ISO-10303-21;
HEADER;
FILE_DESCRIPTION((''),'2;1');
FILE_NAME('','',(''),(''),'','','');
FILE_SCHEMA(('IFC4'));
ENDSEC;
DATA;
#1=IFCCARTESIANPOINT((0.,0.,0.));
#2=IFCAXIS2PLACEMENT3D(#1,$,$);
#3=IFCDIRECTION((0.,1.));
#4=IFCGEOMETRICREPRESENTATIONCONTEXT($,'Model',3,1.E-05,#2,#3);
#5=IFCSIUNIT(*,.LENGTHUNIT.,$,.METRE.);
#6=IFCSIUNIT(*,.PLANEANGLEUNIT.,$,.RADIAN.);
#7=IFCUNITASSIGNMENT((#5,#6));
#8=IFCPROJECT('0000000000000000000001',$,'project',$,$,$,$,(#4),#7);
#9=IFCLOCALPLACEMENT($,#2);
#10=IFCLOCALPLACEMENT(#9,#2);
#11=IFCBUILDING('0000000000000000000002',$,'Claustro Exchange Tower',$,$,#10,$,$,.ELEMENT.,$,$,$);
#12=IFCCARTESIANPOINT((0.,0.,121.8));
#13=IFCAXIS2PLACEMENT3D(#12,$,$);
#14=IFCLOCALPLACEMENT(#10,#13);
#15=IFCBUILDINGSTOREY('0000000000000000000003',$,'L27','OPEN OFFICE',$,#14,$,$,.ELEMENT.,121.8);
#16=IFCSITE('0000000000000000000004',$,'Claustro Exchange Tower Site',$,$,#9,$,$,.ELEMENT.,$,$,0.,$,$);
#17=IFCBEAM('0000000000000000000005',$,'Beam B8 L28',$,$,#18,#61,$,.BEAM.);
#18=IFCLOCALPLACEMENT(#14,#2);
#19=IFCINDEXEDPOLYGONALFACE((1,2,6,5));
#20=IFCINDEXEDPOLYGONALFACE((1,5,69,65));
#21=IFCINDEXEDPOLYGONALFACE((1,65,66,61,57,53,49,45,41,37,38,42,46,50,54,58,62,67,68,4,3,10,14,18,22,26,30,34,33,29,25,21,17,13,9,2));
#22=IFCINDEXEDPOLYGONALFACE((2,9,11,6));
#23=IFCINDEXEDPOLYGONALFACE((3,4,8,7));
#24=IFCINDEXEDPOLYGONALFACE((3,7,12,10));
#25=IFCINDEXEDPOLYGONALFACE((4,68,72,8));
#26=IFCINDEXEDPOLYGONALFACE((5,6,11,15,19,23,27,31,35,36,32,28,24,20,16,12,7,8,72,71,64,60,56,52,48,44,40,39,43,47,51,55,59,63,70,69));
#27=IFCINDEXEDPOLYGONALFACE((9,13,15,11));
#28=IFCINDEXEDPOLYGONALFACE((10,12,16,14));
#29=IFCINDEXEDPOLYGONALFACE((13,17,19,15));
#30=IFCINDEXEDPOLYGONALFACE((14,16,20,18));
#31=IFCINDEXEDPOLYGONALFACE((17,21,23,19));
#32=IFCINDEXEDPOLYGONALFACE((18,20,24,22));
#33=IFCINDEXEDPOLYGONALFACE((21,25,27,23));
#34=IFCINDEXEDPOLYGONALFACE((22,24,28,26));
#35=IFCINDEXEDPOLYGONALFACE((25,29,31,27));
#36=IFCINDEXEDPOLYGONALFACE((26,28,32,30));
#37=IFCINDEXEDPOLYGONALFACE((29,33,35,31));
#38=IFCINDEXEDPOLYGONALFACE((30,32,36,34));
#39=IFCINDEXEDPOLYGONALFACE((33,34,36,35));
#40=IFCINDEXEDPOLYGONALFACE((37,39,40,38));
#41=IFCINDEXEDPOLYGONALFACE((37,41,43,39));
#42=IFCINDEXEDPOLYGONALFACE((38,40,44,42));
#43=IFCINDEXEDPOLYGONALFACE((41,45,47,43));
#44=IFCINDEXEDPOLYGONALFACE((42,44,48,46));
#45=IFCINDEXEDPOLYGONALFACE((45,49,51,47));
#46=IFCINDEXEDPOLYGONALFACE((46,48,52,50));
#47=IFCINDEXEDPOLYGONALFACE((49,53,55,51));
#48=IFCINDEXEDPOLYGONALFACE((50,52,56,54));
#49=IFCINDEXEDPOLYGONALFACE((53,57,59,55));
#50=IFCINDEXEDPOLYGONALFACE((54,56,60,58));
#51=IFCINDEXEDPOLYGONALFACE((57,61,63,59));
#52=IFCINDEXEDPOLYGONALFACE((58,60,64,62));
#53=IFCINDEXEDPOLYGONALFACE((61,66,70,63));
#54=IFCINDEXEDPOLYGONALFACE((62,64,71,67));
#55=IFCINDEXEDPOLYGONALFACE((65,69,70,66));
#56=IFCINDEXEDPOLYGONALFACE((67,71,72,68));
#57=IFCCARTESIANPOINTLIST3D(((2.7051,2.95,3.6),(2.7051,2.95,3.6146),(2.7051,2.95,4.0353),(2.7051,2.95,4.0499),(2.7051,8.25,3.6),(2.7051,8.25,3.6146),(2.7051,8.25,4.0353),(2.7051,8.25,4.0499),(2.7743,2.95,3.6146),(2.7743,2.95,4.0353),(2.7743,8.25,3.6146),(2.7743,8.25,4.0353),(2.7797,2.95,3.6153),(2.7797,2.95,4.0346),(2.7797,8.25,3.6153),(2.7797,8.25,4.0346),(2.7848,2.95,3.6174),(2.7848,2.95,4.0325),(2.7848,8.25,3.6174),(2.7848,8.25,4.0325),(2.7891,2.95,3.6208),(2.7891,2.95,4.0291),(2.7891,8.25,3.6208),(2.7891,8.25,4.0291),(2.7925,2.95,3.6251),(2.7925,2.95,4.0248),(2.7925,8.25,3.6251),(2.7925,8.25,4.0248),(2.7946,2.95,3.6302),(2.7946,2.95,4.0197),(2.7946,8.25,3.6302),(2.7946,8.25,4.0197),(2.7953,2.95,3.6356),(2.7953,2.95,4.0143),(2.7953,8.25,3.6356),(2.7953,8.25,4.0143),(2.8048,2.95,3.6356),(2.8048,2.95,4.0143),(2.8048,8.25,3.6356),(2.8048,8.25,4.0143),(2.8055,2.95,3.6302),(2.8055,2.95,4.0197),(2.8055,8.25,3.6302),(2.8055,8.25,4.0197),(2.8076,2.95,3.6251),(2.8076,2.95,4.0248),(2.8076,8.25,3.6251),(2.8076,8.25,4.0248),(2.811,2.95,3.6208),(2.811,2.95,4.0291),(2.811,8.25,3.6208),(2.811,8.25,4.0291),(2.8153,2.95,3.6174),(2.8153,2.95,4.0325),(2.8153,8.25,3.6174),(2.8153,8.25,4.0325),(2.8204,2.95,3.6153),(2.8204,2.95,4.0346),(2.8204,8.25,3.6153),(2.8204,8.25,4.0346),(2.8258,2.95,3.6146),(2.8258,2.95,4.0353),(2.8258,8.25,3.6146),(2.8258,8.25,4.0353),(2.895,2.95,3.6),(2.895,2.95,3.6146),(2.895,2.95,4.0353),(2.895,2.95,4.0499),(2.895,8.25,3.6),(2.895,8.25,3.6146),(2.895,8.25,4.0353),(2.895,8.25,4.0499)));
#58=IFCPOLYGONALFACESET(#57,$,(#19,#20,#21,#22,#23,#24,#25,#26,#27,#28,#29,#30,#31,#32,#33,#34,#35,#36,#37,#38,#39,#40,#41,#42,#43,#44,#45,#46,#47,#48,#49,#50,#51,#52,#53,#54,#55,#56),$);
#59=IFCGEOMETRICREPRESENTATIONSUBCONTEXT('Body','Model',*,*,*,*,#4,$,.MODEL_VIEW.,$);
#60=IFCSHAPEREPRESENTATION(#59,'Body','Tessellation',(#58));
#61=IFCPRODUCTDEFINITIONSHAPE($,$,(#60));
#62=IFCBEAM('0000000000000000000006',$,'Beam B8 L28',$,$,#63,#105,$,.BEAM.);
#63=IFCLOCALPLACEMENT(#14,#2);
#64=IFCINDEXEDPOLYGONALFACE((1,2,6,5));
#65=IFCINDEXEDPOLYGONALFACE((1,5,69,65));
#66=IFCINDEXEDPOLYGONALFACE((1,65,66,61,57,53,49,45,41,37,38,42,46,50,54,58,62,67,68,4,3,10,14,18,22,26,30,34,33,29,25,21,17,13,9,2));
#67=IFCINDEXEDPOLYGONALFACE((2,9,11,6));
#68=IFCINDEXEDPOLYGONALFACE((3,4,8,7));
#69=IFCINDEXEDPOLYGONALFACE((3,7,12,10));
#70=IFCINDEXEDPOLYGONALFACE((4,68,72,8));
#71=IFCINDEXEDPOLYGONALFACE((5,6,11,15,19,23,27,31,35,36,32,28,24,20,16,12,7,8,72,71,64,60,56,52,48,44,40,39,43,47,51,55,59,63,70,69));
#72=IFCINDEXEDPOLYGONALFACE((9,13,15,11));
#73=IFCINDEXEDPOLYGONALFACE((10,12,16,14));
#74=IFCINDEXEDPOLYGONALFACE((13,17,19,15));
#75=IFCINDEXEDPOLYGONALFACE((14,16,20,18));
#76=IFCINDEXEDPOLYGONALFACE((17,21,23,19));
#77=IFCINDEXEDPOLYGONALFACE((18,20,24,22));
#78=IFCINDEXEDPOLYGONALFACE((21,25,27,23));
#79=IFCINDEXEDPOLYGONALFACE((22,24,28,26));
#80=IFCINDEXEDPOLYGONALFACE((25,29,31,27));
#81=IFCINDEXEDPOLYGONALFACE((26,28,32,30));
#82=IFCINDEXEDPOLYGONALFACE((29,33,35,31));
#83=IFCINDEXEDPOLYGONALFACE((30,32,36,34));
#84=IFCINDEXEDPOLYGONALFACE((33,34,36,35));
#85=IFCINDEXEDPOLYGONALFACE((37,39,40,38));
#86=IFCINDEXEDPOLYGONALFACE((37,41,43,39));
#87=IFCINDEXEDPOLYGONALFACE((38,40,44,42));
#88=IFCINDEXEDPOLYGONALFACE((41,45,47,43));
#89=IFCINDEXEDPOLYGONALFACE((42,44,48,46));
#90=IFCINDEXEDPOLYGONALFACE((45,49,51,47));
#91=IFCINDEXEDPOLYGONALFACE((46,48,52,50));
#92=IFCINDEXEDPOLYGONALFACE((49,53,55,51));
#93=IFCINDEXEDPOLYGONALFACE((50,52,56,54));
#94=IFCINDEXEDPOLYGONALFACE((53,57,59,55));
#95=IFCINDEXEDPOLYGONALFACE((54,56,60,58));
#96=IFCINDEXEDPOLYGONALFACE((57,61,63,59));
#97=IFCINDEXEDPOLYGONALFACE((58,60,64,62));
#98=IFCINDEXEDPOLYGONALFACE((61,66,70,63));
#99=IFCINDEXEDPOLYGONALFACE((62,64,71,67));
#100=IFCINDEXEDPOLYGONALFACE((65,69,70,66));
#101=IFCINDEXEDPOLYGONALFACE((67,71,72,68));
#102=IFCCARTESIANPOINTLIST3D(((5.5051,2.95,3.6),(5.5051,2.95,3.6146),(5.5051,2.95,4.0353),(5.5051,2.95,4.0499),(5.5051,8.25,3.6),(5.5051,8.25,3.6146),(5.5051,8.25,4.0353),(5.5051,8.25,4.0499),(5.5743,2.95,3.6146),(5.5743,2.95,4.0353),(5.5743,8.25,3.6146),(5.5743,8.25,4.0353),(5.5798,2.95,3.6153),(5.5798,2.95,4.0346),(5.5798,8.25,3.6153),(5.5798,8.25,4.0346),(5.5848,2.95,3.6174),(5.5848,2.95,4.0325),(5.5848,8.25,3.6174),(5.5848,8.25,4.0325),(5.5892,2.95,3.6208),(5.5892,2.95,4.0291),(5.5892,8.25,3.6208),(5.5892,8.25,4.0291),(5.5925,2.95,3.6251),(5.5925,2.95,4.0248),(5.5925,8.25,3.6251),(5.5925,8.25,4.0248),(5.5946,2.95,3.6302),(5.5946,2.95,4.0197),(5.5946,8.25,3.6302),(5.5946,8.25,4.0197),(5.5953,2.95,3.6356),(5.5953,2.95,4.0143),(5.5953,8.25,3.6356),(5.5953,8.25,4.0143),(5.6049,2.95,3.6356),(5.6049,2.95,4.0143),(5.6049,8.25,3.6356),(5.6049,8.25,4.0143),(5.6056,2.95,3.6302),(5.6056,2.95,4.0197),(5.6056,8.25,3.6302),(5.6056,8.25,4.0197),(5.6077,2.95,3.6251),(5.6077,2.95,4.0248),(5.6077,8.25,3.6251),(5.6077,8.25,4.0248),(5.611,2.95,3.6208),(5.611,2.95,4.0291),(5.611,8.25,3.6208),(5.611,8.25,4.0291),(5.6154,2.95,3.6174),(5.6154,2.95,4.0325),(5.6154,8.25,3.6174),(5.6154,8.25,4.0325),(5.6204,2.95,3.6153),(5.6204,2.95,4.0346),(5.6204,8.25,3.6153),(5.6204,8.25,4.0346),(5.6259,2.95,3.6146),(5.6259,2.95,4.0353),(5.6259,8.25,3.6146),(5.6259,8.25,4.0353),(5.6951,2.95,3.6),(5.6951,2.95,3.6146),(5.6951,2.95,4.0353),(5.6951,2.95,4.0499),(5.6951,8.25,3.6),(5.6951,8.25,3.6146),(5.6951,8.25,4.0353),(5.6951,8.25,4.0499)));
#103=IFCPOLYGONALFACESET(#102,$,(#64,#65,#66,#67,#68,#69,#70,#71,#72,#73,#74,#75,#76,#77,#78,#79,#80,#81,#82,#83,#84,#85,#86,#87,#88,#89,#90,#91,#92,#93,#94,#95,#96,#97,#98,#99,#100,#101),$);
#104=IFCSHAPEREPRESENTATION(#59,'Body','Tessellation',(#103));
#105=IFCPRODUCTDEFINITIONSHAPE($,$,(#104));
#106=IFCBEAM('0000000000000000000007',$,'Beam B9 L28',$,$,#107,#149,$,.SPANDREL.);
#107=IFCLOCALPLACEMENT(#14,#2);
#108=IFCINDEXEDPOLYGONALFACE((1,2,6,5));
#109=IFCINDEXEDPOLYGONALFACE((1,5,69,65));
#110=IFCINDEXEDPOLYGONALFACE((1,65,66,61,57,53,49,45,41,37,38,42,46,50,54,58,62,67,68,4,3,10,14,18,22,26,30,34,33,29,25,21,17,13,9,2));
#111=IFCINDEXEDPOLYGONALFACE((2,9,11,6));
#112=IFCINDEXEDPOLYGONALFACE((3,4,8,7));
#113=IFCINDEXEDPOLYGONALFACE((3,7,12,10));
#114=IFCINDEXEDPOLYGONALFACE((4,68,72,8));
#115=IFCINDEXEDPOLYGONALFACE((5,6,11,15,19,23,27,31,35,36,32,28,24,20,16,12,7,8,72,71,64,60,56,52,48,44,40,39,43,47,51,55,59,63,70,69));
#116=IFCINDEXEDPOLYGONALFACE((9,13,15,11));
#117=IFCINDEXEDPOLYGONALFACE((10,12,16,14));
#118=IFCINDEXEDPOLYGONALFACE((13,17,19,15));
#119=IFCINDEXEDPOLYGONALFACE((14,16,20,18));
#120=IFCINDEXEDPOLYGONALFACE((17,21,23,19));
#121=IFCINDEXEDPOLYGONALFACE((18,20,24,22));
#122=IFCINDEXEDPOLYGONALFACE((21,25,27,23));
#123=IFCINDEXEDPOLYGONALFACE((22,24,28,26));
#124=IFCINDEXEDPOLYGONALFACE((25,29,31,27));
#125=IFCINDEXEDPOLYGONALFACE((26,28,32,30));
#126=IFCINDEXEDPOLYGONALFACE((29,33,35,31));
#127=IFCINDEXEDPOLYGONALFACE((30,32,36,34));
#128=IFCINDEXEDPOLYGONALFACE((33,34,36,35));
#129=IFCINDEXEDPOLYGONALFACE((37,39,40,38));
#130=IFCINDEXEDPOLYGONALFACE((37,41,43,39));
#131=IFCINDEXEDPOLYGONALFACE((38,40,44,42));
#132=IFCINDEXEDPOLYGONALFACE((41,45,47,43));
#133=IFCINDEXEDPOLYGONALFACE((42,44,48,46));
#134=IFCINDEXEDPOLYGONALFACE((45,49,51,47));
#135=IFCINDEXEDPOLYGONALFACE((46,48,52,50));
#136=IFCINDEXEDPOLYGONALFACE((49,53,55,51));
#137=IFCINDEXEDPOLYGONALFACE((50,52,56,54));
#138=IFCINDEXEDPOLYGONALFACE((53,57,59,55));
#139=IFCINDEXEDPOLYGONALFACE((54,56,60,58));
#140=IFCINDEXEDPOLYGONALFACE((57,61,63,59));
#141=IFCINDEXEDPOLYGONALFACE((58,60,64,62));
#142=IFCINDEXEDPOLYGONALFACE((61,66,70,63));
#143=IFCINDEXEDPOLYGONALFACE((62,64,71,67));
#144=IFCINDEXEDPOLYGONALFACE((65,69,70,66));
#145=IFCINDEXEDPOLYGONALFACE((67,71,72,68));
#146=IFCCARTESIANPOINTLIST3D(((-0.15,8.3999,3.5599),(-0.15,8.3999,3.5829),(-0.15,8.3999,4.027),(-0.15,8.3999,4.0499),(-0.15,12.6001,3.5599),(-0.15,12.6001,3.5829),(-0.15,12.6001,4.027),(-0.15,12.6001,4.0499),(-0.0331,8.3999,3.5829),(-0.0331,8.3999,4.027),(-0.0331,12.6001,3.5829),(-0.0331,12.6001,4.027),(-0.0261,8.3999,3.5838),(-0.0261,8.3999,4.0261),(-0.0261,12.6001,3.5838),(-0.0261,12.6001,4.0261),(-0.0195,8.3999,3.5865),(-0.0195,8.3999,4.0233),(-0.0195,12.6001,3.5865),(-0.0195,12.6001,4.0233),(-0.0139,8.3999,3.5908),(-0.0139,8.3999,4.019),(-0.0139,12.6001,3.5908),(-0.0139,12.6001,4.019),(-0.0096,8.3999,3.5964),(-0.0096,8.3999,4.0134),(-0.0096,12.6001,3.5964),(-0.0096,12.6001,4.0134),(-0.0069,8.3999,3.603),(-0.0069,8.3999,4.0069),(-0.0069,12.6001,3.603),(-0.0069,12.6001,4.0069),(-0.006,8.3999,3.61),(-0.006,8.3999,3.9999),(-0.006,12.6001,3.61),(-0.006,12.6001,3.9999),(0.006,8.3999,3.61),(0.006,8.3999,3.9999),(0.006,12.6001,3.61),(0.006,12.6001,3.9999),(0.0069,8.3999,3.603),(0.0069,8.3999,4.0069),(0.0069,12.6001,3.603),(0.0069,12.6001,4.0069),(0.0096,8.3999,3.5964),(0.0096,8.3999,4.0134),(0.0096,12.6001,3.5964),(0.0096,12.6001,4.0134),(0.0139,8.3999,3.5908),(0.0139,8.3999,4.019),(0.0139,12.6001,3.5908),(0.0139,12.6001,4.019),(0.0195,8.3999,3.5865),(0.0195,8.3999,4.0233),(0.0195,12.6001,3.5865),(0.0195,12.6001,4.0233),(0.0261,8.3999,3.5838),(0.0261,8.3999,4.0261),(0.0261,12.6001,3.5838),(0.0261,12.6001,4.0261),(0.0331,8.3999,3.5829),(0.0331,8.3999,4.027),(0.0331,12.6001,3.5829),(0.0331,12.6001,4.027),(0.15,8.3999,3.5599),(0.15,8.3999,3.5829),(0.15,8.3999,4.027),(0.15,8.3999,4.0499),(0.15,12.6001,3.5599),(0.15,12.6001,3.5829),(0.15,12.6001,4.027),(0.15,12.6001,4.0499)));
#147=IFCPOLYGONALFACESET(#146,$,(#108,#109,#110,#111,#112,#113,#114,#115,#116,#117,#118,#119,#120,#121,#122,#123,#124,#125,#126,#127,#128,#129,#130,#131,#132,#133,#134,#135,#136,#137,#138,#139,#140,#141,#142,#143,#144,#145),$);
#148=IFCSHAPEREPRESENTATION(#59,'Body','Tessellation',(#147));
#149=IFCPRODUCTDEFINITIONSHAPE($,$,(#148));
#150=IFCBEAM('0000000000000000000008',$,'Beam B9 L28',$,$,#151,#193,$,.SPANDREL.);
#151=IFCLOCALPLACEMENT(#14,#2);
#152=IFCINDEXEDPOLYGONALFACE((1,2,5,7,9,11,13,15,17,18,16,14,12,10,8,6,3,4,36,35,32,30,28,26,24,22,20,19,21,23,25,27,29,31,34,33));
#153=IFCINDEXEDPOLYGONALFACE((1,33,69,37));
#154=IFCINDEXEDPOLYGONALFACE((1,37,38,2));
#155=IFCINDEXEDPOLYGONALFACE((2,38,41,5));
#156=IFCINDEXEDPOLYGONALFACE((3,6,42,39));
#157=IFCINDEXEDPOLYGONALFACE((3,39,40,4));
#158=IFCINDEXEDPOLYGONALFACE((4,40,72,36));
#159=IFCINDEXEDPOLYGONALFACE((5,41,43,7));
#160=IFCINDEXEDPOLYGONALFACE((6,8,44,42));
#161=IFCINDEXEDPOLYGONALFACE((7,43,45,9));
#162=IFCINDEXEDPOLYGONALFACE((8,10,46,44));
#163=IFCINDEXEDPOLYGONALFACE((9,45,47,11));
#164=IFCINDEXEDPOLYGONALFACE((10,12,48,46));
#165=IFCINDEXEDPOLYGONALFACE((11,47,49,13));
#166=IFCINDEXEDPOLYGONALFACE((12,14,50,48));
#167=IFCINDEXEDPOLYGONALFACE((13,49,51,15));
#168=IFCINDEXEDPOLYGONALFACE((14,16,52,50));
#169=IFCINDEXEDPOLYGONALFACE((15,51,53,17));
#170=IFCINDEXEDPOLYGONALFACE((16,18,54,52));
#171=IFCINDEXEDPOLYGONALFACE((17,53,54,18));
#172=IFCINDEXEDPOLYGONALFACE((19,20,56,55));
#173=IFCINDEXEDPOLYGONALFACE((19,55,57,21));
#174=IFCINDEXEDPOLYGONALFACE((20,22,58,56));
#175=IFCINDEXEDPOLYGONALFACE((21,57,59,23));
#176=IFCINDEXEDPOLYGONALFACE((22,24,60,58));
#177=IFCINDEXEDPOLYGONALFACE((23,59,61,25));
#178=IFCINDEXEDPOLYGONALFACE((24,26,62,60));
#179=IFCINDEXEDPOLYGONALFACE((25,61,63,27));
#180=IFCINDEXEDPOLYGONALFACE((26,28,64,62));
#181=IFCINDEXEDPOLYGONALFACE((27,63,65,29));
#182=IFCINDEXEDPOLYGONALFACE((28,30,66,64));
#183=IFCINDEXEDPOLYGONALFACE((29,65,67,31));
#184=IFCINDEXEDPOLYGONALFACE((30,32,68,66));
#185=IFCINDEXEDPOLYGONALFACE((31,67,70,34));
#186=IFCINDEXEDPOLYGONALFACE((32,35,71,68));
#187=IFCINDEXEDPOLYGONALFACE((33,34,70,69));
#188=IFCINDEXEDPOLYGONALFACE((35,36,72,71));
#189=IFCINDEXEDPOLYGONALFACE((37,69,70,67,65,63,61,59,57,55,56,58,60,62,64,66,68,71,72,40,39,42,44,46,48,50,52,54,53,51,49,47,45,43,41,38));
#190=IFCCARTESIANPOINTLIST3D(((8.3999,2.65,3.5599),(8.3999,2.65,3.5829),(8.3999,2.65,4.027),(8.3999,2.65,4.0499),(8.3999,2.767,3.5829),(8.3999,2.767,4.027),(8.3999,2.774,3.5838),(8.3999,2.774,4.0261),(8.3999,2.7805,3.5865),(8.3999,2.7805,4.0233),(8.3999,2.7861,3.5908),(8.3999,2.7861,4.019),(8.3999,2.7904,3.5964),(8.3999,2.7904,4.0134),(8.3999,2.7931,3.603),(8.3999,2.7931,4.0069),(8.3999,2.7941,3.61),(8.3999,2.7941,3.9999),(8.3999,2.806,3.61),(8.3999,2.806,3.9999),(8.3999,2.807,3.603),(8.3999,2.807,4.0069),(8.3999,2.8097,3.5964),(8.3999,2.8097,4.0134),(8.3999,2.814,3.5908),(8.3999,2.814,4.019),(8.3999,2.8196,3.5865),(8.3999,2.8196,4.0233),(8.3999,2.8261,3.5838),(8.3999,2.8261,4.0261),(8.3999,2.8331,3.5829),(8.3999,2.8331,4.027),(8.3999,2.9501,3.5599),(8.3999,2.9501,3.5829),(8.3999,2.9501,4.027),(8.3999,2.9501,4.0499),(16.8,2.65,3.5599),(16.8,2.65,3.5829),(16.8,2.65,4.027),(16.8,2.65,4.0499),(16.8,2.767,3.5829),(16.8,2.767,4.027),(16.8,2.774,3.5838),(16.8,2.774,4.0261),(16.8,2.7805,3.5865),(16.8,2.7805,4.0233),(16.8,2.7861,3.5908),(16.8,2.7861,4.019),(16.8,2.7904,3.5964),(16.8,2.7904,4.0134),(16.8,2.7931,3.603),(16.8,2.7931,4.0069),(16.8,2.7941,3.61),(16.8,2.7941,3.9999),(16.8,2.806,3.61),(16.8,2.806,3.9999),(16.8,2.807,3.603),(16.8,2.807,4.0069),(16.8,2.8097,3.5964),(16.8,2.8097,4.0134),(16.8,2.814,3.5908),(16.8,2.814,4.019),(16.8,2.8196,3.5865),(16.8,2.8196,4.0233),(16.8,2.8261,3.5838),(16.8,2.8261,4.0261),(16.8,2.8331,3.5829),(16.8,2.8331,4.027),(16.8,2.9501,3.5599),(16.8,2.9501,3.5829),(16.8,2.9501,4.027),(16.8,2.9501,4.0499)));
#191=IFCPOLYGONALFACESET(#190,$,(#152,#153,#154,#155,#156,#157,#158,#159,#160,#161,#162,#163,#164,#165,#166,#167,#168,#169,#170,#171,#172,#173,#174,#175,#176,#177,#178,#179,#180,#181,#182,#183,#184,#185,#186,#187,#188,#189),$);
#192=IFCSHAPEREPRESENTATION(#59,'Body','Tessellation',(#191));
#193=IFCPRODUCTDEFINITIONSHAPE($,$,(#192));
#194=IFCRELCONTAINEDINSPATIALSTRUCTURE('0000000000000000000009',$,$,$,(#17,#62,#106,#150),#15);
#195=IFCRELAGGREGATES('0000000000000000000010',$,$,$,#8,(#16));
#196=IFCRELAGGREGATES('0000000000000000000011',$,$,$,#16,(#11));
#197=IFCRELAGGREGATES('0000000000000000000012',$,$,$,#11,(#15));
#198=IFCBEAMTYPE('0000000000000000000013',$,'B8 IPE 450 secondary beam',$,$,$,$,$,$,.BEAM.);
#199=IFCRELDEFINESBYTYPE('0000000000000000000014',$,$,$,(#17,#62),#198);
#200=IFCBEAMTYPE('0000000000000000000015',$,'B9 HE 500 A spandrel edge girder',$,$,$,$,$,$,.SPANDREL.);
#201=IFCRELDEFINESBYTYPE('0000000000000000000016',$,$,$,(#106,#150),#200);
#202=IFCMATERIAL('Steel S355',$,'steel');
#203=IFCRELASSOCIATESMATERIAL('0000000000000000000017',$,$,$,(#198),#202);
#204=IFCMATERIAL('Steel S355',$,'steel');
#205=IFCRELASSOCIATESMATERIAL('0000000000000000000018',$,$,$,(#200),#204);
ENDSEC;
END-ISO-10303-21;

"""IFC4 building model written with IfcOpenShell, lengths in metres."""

from ifc_helpers import new_model, si_unit, direction, frame, origin, origin_2d, place, context, subcontext, project, spatial, i_section, extrude, material, material_profile, profile_set, type_object, element, save


model = new_model("IFC4")

# Units and contexts
model_context = context("Model", 3, precision=1e-05, world=origin(), true_north=direction((0.0, 1.0)))
body_context = subcontext(model_context, "Body", "Model", "MODEL_VIEW")
ifc_project = project(units=[si_unit("LENGTHUNIT", "METRE"), si_unit("PLANEANGLEUNIT", "RADIAN")], contexts=[model_context])

# Site, building, storey
site_placement = place(None, origin())
site = spatial("IfcSite", under=ifc_project, at=site_placement, Name="Claustro Exchange Tower Site", CompositionType="ELEMENT", RefElevation=0.0)
building_placement = place(site_placement, origin())
building = spatial("IfcBuilding", under=site, at=building_placement, Name="Claustro Exchange Tower", CompositionType="ELEMENT")
storey_placement = place(building_placement, frame((0.0, 0.0, 121.8)))
storey = spatial("IfcBuildingStorey", under=building, at=storey_placement, Name="L27", Description="OPEN OFFICE", CompositionType="ELEMENT", Elevation=121.8)

# Beams
ifc_material_1 = material(Name="Steel S355", Category="steel")
ifc_material_profile_1 = material_profile(ifc_material_1, i_section(OverallWidth=0.1899, OverallDepth=0.45, WebThickness=0.0095, FlangeThickness=0.0146, FilletRadius=0.021, at=origin_2d()), Name="IPE 450")
ifc_profile_set_1 = profile_set([ifc_material_profile_1], Name="Steel S355")
beam_type_1 = type_object("IfcBeamType", Name="B8 IPE 450 secondary beam", PredefinedType="BEAM", material=ifc_profile_set_1)
for number, where, z_axis, x_axis, name in (
    (1, (2.8, 2.95, 3.825), (0.0, 1.0, 0.0), (-1.0, 0.0, 0.0), "Beam B8 L28"),
    (2, (5.6001, 2.95, 3.825), (0.0, 1.0, 0.0), (-1.0, 0.0, 0.0), "Beam B8 L28"),
):
    element("IfcBeam", number, at=place(storey_placement, frame(where, z_axis=z_axis, x_axis=x_axis)), inside=storey, type_object=beam_type_1, Name=name, PredefinedType="BEAM", context=body_context, shape_type="SweptSolid", body=[
        extrude(i_section(OverallWidth=0.1899, OverallDepth=0.45, WebThickness=0.0095, FlangeThickness=0.0146, FilletRadius=0.021, at=origin_2d()), origin(), (0.0, 0.0, 1.0), 5.3),
    ])
ifc_material_2 = material(Name="Steel S355", Category="steel")
ifc_material_profile_2 = material_profile(ifc_material_2, i_section(OverallWidth=0.3, OverallDepth=0.49, WebThickness=0.012, FlangeThickness=0.0229, FilletRadius=0.0271, at=origin_2d()), Name="HE 500 A")
ifc_profile_set_2 = profile_set([ifc_material_profile_2], Name="Steel S355")
beam_type_2 = type_object("IfcBeamType", Name="B9 HE 500 A spandrel edge girder", PredefinedType="SPANDREL", material=ifc_profile_set_2)
beam_1_placement = place(storey_placement, frame((0.0, 8.3999, 3.8049), z_axis=(0.0, 1.0, 0.0), x_axis=(-1.0, 0.0, 0.0)))
element("IfcBeam", 3, at=beam_1_placement, inside=storey, type_object=beam_type_2, Name="Beam B9 L28", PredefinedType="SPANDREL", context=body_context, shape_type="SweptSolid", body=[
    extrude(i_section(OverallWidth=0.3, OverallDepth=0.49, WebThickness=0.012, FlangeThickness=0.0229, FilletRadius=0.0271, at=origin_2d()), origin(), (0.0, 0.0, 1.0), 4.2002),
])
beam_2_placement = place(storey_placement, frame((8.3999, 2.8, 3.8049), z_axis=(1.0, 0.0, 0.0), x_axis=(0.0, 1.0, 0.0)))
element("IfcBeam", 4, at=beam_2_placement, inside=storey, type_object=beam_type_2, Name="Beam B9 L28", PredefinedType="SPANDREL", context=body_context, shape_type="SweptSolid", body=[
    extrude(i_section(OverallWidth=0.3, OverallDepth=0.49, WebThickness=0.012, FlangeThickness=0.0229, FilletRadius=0.0271, at=origin_2d()), origin(), (0.0, 0.0, 1.0), 8.4001),
])

save(model, "model.ifc")
